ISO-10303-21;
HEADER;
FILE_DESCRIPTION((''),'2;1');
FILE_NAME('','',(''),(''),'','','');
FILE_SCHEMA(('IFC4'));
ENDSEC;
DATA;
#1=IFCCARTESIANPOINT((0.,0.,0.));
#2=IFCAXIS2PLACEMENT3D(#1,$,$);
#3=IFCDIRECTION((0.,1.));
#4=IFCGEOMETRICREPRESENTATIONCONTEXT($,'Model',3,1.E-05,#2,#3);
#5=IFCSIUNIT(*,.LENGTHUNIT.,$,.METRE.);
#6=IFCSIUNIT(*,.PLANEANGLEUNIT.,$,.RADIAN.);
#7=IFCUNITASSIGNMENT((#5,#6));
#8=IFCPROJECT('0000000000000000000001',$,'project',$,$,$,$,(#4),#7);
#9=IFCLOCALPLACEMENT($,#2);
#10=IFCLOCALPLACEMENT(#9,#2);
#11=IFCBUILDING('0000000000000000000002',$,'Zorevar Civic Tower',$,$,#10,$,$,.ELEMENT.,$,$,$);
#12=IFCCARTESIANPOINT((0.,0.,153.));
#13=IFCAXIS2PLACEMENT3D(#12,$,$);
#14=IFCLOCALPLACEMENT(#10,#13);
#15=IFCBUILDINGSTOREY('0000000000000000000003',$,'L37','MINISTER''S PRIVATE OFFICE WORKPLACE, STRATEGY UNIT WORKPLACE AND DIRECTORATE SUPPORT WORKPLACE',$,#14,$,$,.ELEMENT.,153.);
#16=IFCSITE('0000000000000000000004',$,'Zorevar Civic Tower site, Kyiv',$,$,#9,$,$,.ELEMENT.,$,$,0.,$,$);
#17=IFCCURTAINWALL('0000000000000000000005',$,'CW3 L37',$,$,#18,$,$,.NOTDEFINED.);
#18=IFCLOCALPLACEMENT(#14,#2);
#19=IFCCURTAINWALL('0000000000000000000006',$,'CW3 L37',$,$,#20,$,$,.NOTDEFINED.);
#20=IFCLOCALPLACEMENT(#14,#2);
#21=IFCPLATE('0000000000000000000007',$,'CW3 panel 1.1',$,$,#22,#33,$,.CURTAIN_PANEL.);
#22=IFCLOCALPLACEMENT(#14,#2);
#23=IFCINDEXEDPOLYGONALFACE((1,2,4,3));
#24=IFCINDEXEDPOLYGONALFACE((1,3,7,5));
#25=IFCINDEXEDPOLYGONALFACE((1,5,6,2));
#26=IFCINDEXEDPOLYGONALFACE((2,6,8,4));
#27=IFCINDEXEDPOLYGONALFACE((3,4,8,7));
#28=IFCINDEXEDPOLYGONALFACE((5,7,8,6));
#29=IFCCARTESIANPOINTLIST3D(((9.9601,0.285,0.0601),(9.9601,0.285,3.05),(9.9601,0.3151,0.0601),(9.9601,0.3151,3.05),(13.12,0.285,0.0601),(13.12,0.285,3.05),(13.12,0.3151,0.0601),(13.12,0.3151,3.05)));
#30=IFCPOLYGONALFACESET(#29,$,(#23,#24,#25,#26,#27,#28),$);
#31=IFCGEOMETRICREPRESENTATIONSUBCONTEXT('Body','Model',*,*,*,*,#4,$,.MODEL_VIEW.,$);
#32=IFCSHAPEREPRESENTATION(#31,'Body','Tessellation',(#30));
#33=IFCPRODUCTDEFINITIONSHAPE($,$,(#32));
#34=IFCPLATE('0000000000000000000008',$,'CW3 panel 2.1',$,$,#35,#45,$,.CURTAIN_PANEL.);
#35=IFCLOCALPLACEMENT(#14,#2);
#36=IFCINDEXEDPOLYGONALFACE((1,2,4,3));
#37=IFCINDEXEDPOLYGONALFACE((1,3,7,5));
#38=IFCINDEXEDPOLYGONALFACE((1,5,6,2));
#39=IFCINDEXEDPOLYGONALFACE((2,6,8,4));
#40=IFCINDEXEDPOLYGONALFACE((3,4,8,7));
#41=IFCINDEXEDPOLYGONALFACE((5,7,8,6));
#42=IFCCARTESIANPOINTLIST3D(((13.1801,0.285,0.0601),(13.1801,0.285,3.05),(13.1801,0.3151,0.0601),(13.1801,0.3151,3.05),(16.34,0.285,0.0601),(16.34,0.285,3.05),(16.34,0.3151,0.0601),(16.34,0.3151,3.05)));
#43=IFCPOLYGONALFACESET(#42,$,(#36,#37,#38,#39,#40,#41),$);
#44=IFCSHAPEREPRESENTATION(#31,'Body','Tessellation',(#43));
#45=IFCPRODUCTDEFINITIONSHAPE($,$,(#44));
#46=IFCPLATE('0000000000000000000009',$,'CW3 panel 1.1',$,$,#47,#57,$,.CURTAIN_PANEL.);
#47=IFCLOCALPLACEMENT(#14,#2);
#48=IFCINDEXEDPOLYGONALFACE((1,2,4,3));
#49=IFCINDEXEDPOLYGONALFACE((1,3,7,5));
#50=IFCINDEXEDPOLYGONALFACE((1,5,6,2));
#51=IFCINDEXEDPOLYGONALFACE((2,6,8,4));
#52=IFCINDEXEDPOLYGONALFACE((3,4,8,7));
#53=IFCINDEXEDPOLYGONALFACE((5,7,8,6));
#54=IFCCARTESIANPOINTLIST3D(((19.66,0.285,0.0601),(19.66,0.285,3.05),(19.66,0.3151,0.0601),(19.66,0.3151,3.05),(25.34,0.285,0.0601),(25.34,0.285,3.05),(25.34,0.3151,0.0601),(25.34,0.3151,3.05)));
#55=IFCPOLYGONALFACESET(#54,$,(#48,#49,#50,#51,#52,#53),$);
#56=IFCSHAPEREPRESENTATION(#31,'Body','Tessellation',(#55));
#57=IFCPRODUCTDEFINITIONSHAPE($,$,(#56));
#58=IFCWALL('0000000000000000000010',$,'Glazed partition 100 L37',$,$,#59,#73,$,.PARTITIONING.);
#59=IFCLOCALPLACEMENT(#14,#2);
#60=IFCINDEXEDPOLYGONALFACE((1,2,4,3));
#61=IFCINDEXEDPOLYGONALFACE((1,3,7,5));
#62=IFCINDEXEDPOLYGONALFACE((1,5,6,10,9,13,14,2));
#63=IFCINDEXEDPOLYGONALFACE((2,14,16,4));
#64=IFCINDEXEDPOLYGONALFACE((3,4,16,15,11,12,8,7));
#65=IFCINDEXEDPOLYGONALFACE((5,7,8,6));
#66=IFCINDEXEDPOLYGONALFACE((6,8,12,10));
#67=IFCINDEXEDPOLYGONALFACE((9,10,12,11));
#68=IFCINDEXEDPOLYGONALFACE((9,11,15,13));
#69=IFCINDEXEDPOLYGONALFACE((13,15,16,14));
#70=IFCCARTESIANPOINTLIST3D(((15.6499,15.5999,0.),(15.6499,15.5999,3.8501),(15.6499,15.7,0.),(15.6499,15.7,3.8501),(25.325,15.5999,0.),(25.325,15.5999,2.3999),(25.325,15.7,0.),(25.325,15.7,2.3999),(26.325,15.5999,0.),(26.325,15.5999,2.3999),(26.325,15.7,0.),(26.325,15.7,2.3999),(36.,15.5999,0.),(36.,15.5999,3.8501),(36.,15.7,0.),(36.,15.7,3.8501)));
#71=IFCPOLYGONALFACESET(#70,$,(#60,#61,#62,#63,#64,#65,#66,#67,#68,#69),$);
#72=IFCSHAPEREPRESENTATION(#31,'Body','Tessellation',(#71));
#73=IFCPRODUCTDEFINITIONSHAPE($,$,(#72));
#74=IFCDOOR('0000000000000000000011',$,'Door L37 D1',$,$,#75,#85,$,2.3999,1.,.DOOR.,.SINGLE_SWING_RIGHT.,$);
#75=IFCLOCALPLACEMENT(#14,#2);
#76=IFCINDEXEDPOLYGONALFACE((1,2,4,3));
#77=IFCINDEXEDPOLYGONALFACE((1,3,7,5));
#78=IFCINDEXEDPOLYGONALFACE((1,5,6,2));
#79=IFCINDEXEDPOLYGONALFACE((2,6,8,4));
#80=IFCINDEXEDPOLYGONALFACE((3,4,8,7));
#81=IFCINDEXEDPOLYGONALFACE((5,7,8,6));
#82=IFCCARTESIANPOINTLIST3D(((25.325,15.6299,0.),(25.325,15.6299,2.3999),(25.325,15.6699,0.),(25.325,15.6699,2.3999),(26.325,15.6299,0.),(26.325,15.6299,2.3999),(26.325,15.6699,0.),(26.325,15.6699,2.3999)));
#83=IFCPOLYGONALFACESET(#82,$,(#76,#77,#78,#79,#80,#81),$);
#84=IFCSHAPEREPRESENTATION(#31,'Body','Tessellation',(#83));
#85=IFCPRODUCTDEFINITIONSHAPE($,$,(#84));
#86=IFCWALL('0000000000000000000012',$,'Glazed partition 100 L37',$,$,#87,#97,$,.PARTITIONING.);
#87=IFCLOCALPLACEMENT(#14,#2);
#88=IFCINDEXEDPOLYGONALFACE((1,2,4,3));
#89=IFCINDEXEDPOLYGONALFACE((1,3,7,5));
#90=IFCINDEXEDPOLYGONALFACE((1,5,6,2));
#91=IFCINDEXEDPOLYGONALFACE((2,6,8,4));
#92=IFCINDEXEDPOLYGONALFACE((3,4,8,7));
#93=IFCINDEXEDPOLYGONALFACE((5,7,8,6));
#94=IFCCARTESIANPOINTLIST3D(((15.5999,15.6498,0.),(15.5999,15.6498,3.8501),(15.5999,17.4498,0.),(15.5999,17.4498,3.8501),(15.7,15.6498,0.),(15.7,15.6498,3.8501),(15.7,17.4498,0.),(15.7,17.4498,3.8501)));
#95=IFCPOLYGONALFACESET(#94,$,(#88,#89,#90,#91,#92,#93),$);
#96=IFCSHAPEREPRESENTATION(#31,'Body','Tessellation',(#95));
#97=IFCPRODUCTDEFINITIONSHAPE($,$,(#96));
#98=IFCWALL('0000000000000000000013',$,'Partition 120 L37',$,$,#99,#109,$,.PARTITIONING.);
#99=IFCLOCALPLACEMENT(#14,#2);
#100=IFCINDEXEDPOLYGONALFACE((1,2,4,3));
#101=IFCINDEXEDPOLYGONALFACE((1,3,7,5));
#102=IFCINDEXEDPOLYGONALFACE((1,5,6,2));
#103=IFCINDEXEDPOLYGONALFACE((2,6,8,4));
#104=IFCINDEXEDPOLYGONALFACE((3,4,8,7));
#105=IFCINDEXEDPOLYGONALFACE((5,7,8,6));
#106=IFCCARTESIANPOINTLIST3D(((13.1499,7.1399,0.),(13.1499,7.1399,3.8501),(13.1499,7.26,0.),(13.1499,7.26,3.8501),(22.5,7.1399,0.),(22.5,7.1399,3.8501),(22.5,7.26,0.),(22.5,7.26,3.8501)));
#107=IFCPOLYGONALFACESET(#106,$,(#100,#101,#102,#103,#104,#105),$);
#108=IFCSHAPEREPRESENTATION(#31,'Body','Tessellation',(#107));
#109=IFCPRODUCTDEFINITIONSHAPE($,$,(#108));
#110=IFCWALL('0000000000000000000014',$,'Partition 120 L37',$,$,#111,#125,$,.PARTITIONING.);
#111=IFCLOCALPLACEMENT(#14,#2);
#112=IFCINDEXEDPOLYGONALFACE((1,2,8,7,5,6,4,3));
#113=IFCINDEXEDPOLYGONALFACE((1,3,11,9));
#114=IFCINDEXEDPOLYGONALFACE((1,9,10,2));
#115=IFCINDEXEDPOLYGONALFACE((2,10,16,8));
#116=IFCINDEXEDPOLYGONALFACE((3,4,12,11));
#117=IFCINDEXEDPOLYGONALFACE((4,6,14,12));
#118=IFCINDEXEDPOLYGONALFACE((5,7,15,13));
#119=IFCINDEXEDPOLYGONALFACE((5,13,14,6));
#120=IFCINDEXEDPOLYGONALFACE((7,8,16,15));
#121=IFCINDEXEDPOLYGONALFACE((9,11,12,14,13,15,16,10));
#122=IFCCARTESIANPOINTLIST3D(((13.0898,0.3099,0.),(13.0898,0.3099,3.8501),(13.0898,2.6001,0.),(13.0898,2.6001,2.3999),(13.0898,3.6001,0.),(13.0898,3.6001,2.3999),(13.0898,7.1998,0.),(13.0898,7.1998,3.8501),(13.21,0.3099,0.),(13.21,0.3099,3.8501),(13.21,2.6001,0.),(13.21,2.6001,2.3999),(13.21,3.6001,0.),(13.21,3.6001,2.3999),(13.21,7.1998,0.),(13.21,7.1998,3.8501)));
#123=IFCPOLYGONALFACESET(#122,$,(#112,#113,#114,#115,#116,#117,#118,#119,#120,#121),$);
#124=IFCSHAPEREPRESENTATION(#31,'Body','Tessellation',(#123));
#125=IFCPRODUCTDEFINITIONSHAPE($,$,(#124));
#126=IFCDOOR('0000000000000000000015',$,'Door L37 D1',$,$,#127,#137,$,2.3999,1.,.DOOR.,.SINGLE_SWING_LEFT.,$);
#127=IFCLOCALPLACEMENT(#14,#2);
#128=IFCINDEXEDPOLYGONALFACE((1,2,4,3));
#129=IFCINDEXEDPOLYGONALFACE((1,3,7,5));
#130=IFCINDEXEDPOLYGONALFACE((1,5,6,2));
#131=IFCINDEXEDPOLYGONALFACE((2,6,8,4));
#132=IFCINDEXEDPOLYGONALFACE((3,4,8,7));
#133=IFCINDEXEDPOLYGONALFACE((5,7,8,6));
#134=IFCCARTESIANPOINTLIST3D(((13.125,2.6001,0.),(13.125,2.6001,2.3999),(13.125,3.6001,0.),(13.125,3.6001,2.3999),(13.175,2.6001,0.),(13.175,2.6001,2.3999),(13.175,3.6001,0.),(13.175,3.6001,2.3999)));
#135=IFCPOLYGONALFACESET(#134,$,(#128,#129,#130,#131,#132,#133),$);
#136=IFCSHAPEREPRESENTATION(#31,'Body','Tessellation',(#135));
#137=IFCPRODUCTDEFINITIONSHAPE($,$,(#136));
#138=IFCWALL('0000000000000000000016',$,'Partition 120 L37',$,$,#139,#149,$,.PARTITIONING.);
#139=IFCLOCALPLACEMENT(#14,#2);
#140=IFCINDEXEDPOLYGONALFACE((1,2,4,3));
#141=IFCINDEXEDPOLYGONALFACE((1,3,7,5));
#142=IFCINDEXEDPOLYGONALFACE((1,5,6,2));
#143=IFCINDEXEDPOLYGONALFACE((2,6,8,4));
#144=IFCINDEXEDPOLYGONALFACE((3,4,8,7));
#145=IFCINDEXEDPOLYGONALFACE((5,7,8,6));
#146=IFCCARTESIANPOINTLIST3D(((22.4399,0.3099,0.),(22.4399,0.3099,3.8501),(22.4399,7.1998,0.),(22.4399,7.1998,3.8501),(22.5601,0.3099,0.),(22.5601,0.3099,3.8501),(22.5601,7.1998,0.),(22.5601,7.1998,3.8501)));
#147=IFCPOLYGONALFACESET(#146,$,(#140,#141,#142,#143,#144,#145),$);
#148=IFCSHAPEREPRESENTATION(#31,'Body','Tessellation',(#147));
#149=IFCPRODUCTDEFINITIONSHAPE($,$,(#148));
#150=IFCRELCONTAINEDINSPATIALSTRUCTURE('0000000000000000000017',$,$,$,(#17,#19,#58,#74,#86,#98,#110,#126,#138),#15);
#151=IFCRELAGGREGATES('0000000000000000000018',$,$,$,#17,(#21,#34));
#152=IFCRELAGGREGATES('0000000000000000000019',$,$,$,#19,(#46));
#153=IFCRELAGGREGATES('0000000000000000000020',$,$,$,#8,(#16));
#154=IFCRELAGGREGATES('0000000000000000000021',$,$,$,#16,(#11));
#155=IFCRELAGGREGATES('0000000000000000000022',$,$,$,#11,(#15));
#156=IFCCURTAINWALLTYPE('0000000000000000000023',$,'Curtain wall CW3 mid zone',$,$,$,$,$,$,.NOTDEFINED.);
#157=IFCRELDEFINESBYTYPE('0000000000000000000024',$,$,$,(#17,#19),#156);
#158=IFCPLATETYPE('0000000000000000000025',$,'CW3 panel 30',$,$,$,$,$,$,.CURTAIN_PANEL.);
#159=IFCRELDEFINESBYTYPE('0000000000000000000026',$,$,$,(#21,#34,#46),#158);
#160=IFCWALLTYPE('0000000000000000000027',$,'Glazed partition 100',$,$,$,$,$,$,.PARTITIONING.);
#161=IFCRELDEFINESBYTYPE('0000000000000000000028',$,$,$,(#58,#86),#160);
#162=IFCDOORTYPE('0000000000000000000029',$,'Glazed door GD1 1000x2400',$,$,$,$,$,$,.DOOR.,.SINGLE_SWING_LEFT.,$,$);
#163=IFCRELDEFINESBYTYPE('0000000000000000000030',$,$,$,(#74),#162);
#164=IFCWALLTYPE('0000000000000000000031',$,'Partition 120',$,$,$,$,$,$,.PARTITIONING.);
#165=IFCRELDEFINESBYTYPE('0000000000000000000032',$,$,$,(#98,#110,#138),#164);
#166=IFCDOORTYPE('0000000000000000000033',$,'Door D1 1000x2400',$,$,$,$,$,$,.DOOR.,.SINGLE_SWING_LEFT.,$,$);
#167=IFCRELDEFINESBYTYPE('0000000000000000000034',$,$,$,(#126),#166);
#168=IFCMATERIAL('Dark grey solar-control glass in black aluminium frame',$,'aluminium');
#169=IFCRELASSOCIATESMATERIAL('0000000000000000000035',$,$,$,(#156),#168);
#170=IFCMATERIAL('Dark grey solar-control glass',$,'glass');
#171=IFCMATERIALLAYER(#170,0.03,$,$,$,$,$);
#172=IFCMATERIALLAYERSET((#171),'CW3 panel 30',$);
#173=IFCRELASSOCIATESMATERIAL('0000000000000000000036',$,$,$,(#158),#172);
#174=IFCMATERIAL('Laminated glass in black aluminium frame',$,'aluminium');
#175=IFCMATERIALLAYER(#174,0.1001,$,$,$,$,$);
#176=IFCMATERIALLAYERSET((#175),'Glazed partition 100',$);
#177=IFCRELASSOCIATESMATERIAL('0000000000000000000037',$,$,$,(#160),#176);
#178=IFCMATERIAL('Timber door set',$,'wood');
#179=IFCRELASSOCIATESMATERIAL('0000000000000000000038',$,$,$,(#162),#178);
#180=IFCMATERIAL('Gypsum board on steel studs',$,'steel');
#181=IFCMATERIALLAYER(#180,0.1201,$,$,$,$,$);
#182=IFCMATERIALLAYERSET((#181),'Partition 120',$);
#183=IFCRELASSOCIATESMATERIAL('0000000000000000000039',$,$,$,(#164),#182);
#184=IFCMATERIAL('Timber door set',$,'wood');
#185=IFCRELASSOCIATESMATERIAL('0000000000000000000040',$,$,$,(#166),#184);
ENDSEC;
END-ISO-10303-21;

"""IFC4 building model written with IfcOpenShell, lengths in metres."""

from ifc_helpers import new_model, si_unit, direction, frame, frame_2d, origin, origin_2d, place, context, subcontext, project, spatial, rectangle, extrude, material, layer, layer_set, type_object, element, fill, aggregate, save


model = new_model("IFC4")

# Units and contexts
model_context = context("Model", 3, precision=1e-05, world=origin(), true_north=direction((0.0, 1.0)))
body_context = subcontext(model_context, "Body", "Model", "MODEL_VIEW")
ifc_project = project(units=[si_unit("LENGTHUNIT", "METRE"), si_unit("PLANEANGLEUNIT", "RADIAN")], contexts=[model_context])

# Site, building, storey
site_placement = place(None, origin())
site = spatial("IfcSite", under=ifc_project, at=site_placement, Name="Zorevar Civic Tower site, Kyiv", CompositionType="ELEMENT", RefElevation=0.0)
building_placement = place(site_placement, origin())
building = spatial("IfcBuilding", under=site, at=building_placement, Name="Zorevar Civic Tower", CompositionType="ELEMENT")
storey_placement = place(building_placement, frame((0.0, 0.0, 153.0)))
storey = spatial("IfcBuildingStorey", under=building, at=storey_placement, Name="L37", Description="MINISTER'S PRIVATE OFFICE WORKPLACE, STRATEGY UNIT WORKPLACE AND DIRECTORATE SUPPORT WORKPLACE", CompositionType="ELEMENT", Elevation=153.0)

# Curtain walls
ifc_material_1 = material(Name="Dark grey solar-control glass in black aluminium frame", Category="aluminium")
curtain_wall_type = type_object("IfcCurtainWallType", Name="Curtain wall CW3 mid zone", PredefinedType="NOTDEFINED", material=ifc_material_1)
curtain_wall_1_placement = place(storey_placement, origin())
curtain_wall_1 = element("IfcCurtainWall", 1, at=curtain_wall_1_placement, inside=storey, type_object=curtain_wall_type, Name="CW3 L37", PredefinedType="NOTDEFINED")
curtain_wall_2_placement = place(storey_placement, origin())
curtain_wall_2 = element("IfcCurtainWall", 2, at=curtain_wall_2_placement, inside=storey, type_object=curtain_wall_type, Name="CW3 L37", PredefinedType="NOTDEFINED")

# Plates
ifc_material_2 = material(Name="Dark grey solar-control glass", Category="glass")
ifc_layer_1 = layer(ifc_material_2, 0.03)
ifc_layer_set_1 = layer_set([ifc_layer_1], Name="CW3 panel 30")
plate_type = type_object("IfcPlateType", Name="CW3 panel 30", PredefinedType="CURTAIN_PANEL", material=ifc_layer_set_1)
plate_1_placement = place(storey_placement, frame((11.54, 0.3, 0.0601), z_axis=(0.0, 0.0, 1.0), x_axis=(1.0, 0.0, 0.0)))
plate_1 = element("IfcPlate", 3, at=plate_1_placement, type_object=plate_type, Name="CW3 panel 1.1", PredefinedType="CURTAIN_PANEL", context=body_context, shape_type="SweptSolid", body=[
    extrude(rectangle(XDim=3.1599, YDim=0.03, at=origin_2d()), origin(), (0.0, 0.0, 1.0), 2.99),
])
plate_2_placement = place(storey_placement, frame((14.76, 0.3, 0.0601), z_axis=(0.0, 0.0, 1.0), x_axis=(1.0, 0.0, 0.0)))
plate_2 = element("IfcPlate", 4, at=plate_2_placement, type_object=plate_type, Name="CW3 panel 2.1", PredefinedType="CURTAIN_PANEL", context=body_context, shape_type="SweptSolid", body=[
    extrude(rectangle(XDim=3.1599, YDim=0.03, at=origin_2d()), origin(), (0.0, 0.0, 1.0), 2.99),
])
aggregate(curtain_wall_1, [plate_1, plate_2])
plate_3_placement = place(storey_placement, frame((22.5, 0.3, 0.0601), z_axis=(0.0, 0.0, 1.0), x_axis=(1.0, 0.0, 0.0)))
plate_3 = element("IfcPlate", 5, at=plate_3_placement, type_object=plate_type, Name="CW3 panel 1.1", PredefinedType="CURTAIN_PANEL", context=body_context, shape_type="SweptSolid", body=[
    extrude(rectangle(XDim=5.6799, YDim=0.03, at=origin_2d()), origin(), (0.0, 0.0, 1.0), 2.99),
])
aggregate(curtain_wall_2, [plate_3])

# Wall, opening, door
ifc_material_3 = material(Name="Laminated glass in black aluminium frame", Category="aluminium")
ifc_layer_2 = layer(ifc_material_3, 0.1001)
ifc_layer_set_2 = layer_set([ifc_layer_2], Name="Glazed partition 100")
wall_type_1 = type_object("IfcWallType", Name="Glazed partition 100", PredefinedType="PARTITIONING", material=ifc_layer_set_2)
wall_1_placement = place(storey_placement, frame((15.6499, 15.6499, 0.0), z_axis=(0.0, 0.0, 1.0), x_axis=(1.0, 0.0, 0.0)))
wall_1 = element("IfcWall", 6, at=wall_1_placement, inside=storey, type_object=wall_type_1, Name="Glazed partition 100 L37", PredefinedType="PARTITIONING", context=body_context, shape_type="SweptSolid", body=[
    extrude(rectangle(XDim=20.3501, YDim=0.1001, at=frame_2d((10.175, 0.0))), origin(), (0.0, 0.0, 1.0), 3.8501),
])
opening_1_placement = place(wall_1_placement, frame((9.675, 0.0, 0.0)))
opening_1 = element("IfcOpeningElement", 7, at=opening_1_placement, cuts=wall_1, PredefinedType="OPENING", context=body_context, shape_type="SweptSolid", body=[
    extrude(rectangle(XDim=1.0, YDim=2.3999, at=frame_2d((0.5, 1.2))), frame((0.0, 0.0601, 0.0), z_axis=(0.0, -1.0, 0.0), x_axis=(1.0, 0.0, 0.0)), (0.0, 0.0, 1.0), 0.1201),
])
ifc_material_4 = material(Name="Timber door set", Category="wood")
door_type_1 = type_object("IfcDoorType", Name="Glazed door GD1 1000x2400", OperationType="SINGLE_SWING_LEFT", PredefinedType="DOOR", material=ifc_material_4)
door_1_placement = place(opening_1_placement, origin())
door_1 = element("IfcDoor", 8, at=door_1_placement, inside=storey, type_object=door_type_1, Name="Door L37 D1", OperationType="SINGLE_SWING_RIGHT", OverallHeight=2.3999, OverallWidth=1.0, PredefinedType="DOOR", context=body_context, shape_type="SweptSolid", body=[
    extrude(rectangle(XDim=1.0, YDim=2.3999, at=frame_2d((0.5, 1.2))), frame((0.0, 0.02, 0.0), z_axis=(0.0, -1.0, 0.0), x_axis=(1.0, 0.0, 0.0)), (0.0, 0.0, 1.0), 0.04),
])
fill(opening_1, door_1)

# Walls
wall_2_placement = place(storey_placement, frame((15.6499, 15.6499, 0.0), z_axis=(0.0, 0.0, 1.0), x_axis=(0.0, 1.0, 0.0)))
element("IfcWall", 9, at=wall_2_placement, inside=storey, type_object=wall_type_1, Name="Glazed partition 100 L37", PredefinedType="PARTITIONING", context=body_context, shape_type="SweptSolid", body=[
    extrude(rectangle(XDim=1.8, YDim=0.1001, at=frame_2d((0.8999, 0.0))), origin(), (0.0, 0.0, 1.0), 3.8501),
])
ifc_material_5 = material(Name="Gypsum board on steel studs", Category="steel")
ifc_layer_3 = layer(ifc_material_5, 0.1201)
ifc_layer_set_3 = layer_set([ifc_layer_3], Name="Partition 120")
wall_type_2 = type_object("IfcWallType", Name="Partition 120", PredefinedType="PARTITIONING", material=ifc_layer_set_3)
wall_3_placement = place(storey_placement, frame((13.1499, 7.2, 0.0), z_axis=(0.0, 0.0, 1.0), x_axis=(1.0, 0.0, 0.0)))
element("IfcWall", 10, at=wall_3_placement, inside=storey, type_object=wall_type_2, Name="Partition 120 L37", PredefinedType="PARTITIONING", context=body_context, shape_type="SweptSolid", body=[
    extrude(rectangle(XDim=9.3501, YDim=0.1201, at=frame_2d((4.675, 0.0))), origin(), (0.0, 0.0, 1.0), 3.8501),
])

# Wall, opening, door
wall_4_placement = place(storey_placement, frame((13.1499, 0.3101, 0.0), z_axis=(0.0, 0.0, 1.0), x_axis=(0.0, 1.0, 0.0)))
wall_4 = element("IfcWall", 11, at=wall_4_placement, inside=storey, type_object=wall_type_2, Name="Partition 120 L37", PredefinedType="PARTITIONING", context=body_context, shape_type="SweptSolid", body=[
    extrude(rectangle(XDim=6.8899, YDim=0.1201, at=frame_2d((3.4448, 0.0))), origin(), (0.0, 0.0, 1.0), 3.8501),
])
opening_2_placement = place(wall_4_placement, frame((2.29, 0.0, 0.0)))
opening_2 = element("IfcOpeningElement", 12, at=opening_2_placement, cuts=wall_4, PredefinedType="OPENING", context=body_context, shape_type="SweptSolid", body=[
    extrude(rectangle(XDim=1.0, YDim=2.3999, at=frame_2d((0.5, 1.2))), frame((0.0, 0.0701, 0.0), z_axis=(0.0, -1.0, 0.0), x_axis=(1.0, 0.0, 0.0)), (0.0, 0.0, 1.0), 0.1401),
])
ifc_material_6 = material(Name="Timber door set", Category="wood")
door_type_2 = type_object("IfcDoorType", Name="Door D1 1000x2400", OperationType="SINGLE_SWING_LEFT", PredefinedType="DOOR", material=ifc_material_6)
door_2_placement = place(opening_2_placement, origin())
door_2 = element("IfcDoor", 13, at=door_2_placement, inside=storey, type_object=door_type_2, Name="Door L37 D1", OperationType="SINGLE_SWING_LEFT", OverallHeight=2.3999, OverallWidth=1.0, PredefinedType="DOOR", context=body_context, shape_type="SweptSolid", body=[
    extrude(rectangle(XDim=1.0, YDim=2.3999, at=frame_2d((0.5, 1.2))), frame((0.0, 0.0249, 0.0), z_axis=(0.0, -1.0, 0.0), x_axis=(1.0, 0.0, 0.0)), (0.0, 0.0, 1.0), 0.05),
])
fill(opening_2, door_2)

# Wall
wall_5_placement = place(storey_placement, frame((22.5, 0.3101, 0.0), z_axis=(0.0, 0.0, 1.0), x_axis=(0.0, 1.0, 0.0)))
element("IfcWall", 14, at=wall_5_placement, inside=storey, type_object=wall_type_2, Name="Partition 120 L37", PredefinedType="PARTITIONING", context=body_context, shape_type="SweptSolid", body=[
    extrude(rectangle(XDim=6.8899, YDim=0.1201, at=frame_2d((3.4448, 0.0))), origin(), (0.0, 0.0, 1.0), 3.8501),
])

save(model, "model.ifc")
